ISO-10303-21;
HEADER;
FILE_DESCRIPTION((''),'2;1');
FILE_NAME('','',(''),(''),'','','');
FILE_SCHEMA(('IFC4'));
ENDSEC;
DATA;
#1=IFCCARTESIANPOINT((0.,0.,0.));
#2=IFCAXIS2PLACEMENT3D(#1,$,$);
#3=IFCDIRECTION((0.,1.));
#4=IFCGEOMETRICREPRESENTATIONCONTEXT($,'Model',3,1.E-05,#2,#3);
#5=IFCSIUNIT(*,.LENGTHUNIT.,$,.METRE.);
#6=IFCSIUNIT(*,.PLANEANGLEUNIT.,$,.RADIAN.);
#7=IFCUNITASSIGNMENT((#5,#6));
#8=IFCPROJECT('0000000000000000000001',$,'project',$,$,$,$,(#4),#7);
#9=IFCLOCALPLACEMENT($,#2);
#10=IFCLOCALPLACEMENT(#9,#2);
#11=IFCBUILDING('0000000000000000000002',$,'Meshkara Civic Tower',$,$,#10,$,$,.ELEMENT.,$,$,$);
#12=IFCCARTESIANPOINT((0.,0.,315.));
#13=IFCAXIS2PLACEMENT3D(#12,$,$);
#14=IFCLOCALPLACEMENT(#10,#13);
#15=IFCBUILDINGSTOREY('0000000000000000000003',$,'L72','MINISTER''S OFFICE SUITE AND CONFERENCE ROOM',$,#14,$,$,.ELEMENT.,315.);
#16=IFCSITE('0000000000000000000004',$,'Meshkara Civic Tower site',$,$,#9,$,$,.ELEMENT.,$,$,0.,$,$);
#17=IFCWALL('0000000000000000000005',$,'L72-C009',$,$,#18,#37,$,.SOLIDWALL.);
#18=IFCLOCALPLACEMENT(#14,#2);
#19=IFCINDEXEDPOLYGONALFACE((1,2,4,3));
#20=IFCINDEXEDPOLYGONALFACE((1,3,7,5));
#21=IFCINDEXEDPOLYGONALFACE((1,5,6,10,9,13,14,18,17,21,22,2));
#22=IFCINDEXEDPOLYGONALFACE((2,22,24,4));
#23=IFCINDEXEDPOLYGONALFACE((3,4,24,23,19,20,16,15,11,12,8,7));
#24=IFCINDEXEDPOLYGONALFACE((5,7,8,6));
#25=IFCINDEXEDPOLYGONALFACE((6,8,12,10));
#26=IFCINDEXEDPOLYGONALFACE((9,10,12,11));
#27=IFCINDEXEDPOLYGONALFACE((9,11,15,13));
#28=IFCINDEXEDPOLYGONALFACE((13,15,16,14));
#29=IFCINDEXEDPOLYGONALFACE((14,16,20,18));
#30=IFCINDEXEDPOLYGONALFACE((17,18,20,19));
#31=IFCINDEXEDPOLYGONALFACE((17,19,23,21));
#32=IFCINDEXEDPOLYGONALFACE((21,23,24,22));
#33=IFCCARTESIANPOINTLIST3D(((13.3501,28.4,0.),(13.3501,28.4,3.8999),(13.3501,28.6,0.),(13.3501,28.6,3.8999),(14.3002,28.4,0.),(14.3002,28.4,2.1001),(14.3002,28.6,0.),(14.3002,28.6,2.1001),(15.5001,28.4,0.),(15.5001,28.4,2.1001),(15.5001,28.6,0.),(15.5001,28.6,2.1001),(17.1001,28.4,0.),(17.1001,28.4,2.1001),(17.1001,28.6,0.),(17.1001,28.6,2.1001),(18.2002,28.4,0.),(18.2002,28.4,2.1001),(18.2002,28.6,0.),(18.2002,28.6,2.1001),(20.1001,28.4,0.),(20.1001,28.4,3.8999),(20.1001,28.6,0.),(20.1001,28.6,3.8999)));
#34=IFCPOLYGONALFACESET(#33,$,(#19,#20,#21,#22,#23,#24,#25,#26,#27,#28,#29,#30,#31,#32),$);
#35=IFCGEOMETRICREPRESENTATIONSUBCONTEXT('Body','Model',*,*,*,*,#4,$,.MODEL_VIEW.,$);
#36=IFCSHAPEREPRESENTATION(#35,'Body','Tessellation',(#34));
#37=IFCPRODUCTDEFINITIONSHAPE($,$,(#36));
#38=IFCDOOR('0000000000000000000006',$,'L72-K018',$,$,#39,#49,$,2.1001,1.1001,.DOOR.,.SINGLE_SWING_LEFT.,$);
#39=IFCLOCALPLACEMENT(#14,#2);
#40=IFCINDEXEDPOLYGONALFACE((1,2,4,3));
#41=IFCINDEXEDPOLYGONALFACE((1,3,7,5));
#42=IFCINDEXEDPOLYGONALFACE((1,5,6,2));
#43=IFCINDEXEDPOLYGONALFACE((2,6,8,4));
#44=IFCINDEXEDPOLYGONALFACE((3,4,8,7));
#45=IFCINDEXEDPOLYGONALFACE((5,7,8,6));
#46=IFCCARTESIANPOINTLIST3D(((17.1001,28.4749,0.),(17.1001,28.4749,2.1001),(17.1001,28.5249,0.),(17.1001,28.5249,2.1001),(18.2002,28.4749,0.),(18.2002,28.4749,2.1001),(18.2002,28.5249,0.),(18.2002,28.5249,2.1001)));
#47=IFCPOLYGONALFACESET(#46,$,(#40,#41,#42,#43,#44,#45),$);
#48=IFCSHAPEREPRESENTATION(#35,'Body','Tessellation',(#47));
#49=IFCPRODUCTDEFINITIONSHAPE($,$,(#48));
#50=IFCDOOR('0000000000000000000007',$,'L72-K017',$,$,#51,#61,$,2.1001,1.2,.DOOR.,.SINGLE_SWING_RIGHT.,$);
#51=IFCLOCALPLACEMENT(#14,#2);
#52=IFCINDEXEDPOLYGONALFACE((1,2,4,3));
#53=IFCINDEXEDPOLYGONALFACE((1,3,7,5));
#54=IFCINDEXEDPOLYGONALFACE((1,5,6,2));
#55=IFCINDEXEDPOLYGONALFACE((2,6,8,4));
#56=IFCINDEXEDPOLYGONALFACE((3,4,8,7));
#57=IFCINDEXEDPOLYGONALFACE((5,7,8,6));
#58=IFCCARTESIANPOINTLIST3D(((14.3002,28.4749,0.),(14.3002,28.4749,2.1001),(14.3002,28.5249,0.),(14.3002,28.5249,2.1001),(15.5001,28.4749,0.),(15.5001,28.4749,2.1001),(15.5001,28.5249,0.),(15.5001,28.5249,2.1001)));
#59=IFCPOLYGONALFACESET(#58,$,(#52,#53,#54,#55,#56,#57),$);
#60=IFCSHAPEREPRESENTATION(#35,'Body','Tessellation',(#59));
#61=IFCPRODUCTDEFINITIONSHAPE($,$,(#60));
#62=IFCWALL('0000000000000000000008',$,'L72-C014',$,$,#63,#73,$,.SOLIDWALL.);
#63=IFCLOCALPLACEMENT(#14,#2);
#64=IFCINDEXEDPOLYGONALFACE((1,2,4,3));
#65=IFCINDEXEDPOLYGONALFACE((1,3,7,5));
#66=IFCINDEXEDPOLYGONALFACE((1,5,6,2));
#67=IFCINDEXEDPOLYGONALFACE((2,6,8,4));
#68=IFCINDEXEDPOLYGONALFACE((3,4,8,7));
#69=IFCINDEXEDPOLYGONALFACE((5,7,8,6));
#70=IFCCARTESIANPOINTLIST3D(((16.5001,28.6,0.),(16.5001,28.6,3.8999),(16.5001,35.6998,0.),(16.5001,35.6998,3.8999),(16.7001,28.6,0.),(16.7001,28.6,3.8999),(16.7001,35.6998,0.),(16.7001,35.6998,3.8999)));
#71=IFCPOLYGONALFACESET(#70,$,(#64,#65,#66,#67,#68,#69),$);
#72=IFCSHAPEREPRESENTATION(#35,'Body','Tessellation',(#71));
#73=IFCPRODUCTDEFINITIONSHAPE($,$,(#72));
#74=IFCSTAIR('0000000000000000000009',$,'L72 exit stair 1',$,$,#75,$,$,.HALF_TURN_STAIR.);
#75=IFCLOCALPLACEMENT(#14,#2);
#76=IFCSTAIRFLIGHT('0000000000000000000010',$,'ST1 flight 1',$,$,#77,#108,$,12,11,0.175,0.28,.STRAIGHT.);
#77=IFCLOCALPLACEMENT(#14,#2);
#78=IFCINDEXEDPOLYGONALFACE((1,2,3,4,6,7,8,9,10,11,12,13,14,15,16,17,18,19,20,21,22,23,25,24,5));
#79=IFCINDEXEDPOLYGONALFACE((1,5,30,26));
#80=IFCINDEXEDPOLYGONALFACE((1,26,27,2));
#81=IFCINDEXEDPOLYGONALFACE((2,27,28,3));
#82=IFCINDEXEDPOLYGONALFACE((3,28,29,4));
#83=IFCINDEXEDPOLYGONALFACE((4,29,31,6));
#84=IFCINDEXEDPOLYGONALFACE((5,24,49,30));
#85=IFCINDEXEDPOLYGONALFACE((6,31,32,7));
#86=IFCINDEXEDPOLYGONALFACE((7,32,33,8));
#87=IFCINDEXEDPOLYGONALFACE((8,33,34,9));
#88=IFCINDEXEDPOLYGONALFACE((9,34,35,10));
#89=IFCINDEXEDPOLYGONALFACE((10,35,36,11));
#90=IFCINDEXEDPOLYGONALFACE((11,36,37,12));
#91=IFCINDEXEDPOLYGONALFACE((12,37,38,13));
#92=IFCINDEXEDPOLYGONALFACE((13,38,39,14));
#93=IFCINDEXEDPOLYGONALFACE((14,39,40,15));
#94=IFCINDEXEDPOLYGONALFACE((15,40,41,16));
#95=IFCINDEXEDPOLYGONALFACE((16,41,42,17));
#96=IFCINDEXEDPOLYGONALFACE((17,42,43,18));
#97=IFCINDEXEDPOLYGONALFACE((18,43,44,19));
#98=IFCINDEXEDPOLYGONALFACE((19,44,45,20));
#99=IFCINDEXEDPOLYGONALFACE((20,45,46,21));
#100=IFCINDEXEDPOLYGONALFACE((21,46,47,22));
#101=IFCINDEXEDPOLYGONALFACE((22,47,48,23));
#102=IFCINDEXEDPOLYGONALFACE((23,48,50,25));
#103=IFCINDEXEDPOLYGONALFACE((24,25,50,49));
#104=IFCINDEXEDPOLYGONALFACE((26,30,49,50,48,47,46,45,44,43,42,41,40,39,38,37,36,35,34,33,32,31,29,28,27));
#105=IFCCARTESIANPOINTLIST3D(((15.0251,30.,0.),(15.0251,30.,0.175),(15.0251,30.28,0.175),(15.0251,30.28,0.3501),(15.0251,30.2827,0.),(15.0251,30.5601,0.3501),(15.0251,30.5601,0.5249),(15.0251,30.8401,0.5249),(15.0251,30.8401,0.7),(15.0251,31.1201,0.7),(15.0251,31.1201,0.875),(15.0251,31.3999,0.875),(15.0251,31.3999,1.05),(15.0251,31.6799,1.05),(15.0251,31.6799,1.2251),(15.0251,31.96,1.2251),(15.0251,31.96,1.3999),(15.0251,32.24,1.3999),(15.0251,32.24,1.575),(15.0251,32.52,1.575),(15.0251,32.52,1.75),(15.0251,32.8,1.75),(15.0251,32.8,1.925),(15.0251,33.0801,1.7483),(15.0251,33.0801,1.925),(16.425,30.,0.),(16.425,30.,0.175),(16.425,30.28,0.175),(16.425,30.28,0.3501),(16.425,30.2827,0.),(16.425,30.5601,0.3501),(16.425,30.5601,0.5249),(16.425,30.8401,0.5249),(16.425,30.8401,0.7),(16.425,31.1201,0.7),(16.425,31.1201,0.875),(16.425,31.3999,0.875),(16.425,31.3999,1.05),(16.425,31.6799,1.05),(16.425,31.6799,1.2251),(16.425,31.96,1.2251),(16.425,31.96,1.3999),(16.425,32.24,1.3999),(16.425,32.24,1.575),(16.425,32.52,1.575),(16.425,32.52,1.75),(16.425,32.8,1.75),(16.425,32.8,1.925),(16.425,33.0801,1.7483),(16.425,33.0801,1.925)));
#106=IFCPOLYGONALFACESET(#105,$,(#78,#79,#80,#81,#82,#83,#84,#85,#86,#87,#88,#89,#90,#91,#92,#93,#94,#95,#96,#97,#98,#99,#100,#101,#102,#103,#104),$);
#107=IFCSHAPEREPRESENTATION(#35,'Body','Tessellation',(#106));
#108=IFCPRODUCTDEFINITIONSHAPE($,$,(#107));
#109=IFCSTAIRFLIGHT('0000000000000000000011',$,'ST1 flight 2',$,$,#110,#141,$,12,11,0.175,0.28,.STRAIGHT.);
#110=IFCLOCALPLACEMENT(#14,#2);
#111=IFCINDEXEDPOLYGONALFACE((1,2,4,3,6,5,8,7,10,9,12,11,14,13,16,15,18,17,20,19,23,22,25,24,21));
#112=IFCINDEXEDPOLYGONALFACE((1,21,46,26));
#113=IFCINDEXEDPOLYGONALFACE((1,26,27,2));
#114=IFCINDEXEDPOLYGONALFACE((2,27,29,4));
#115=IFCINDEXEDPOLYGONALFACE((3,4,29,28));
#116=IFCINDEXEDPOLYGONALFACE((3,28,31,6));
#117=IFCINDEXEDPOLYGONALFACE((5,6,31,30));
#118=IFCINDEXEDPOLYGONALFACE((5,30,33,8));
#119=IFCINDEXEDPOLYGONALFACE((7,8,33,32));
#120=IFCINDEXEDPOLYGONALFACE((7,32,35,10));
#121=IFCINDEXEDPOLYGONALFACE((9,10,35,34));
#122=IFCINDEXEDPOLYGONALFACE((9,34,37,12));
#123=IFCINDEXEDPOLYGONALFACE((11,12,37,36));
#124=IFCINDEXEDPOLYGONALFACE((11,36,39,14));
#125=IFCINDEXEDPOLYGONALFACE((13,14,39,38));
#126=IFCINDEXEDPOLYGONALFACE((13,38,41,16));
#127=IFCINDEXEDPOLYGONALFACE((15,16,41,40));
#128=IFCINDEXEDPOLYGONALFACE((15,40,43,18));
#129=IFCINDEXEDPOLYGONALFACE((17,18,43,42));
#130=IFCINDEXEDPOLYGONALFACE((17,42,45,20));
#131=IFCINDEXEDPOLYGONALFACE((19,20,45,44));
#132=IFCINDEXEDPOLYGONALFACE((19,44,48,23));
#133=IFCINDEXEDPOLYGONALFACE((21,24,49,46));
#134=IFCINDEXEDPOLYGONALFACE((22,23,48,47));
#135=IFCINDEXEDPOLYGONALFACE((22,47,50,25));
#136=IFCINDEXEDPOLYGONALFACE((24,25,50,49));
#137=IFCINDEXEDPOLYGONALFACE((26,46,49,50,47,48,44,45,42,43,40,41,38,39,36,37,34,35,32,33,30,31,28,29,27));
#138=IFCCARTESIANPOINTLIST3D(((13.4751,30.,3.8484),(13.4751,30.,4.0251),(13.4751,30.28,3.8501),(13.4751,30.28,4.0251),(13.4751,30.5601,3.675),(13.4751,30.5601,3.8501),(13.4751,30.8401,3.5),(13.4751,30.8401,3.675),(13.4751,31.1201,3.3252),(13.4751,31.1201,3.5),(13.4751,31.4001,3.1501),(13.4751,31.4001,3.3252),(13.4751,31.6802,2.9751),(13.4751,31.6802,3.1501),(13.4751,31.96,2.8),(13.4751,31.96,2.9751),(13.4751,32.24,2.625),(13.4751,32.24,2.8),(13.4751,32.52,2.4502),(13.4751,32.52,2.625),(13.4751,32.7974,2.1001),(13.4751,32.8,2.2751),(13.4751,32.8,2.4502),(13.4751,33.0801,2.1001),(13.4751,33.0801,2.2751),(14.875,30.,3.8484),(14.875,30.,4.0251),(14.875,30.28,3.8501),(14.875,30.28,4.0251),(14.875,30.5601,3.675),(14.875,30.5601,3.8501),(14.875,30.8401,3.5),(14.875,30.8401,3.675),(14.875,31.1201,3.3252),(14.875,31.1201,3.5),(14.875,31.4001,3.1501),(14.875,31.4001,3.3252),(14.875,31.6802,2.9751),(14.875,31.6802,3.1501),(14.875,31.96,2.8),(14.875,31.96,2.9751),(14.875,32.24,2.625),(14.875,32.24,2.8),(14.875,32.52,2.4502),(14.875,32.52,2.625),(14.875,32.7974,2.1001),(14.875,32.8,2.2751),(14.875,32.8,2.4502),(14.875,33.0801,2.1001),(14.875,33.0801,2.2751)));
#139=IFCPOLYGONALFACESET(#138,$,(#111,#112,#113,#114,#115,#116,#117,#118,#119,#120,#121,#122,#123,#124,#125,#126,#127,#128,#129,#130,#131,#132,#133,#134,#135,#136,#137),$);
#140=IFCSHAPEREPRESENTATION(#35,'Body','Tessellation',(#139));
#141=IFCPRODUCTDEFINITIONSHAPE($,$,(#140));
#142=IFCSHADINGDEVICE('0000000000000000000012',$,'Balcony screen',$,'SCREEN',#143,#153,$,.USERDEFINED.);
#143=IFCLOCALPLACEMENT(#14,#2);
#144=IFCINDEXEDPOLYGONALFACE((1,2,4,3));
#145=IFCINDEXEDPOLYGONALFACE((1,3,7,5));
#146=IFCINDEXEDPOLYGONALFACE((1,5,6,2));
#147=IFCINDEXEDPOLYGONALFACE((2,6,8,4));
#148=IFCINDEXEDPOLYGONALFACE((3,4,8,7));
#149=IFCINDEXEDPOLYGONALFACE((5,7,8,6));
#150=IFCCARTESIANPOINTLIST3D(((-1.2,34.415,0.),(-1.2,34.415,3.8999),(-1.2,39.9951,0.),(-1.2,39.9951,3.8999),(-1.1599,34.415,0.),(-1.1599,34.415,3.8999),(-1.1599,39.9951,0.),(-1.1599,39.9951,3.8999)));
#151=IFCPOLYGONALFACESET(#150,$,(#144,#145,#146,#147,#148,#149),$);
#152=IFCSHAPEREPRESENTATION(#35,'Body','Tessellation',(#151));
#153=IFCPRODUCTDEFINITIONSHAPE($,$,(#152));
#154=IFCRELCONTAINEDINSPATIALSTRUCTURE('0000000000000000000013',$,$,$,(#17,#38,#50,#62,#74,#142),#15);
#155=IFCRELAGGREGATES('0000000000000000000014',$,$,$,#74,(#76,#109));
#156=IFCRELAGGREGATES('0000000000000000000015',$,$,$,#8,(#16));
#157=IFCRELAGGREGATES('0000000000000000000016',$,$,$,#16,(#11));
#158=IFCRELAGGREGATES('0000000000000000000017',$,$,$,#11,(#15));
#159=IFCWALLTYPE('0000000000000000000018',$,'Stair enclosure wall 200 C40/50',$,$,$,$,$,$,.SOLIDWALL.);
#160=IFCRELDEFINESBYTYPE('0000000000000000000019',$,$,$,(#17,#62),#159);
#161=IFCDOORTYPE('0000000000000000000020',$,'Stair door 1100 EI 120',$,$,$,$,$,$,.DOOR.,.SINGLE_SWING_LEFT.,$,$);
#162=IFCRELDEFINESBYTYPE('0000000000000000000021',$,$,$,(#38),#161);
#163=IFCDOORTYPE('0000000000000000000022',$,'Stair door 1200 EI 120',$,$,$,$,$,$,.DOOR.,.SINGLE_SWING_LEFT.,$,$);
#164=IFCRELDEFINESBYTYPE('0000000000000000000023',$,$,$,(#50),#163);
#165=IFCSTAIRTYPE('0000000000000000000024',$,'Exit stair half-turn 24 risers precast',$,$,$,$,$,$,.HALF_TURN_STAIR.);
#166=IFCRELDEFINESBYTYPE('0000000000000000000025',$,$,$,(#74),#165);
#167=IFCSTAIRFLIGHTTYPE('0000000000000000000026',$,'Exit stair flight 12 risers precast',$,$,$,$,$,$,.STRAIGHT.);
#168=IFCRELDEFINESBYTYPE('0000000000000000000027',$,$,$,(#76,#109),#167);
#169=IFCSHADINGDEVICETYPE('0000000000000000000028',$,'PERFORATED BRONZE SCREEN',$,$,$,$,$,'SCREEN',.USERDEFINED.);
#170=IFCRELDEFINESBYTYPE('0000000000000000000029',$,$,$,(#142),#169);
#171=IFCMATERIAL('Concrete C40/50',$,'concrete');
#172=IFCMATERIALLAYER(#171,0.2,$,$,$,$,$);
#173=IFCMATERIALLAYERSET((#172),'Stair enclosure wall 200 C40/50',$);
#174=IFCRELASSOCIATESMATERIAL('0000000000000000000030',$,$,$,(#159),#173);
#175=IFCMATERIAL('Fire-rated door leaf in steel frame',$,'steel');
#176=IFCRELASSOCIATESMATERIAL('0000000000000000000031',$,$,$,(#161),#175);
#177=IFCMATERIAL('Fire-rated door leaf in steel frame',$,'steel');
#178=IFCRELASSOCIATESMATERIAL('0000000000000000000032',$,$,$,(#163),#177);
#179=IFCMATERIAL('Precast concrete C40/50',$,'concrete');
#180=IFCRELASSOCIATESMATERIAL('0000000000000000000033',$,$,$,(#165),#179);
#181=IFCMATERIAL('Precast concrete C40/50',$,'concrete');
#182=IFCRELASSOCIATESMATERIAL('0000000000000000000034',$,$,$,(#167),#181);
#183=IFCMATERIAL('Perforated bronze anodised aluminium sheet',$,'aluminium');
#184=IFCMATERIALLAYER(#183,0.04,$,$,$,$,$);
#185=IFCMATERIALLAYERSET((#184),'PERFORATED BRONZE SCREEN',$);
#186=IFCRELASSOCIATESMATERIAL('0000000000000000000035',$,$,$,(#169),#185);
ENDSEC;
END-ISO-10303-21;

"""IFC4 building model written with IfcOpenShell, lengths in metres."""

from ifc_helpers import new_model, si_unit, direction, frame, frame_2d, origin, origin_2d, place, context, subcontext, project, spatial, polyline, rectangle, outline, extrude, material, layer, layer_set, type_object, element, fill, aggregate, save


model = new_model("IFC4")

# Units and contexts
model_context = context("Model", 3, precision=1e-05, world=origin(), true_north=direction((0.0, 1.0)))
body_context = subcontext(model_context, "Body", "Model", "MODEL_VIEW")
ifc_project = project(units=[si_unit("LENGTHUNIT", "METRE"), si_unit("PLANEANGLEUNIT", "RADIAN")], contexts=[model_context])

# Site, building, storey
site_placement = place(None, origin())
site = spatial("IfcSite", under=ifc_project, at=site_placement, Name="Meshkara Civic Tower site", CompositionType="ELEMENT", RefElevation=0.0)
building_placement = place(site_placement, origin())
building = spatial("IfcBuilding", under=site, at=building_placement, Name="Meshkara Civic Tower", CompositionType="ELEMENT")
storey_placement = place(building_placement, frame((0.0, 0.0, 315.0)))
storey = spatial("IfcBuildingStorey", under=building, at=storey_placement, Name="L72", Description="MINISTER'S OFFICE SUITE AND CONFERENCE ROOM", CompositionType="ELEMENT", Elevation=315.0)

# Wall, openings, doors
ifc_material_1 = material(Name="Concrete C40/50", Category="concrete")
ifc_layer_1 = layer(ifc_material_1, 0.2)
ifc_layer_set_1 = layer_set([ifc_layer_1], Name="Stair enclosure wall 200 C40/50")
wall_type_1 = type_object("IfcWallType", Name="Stair enclosure wall 200 C40/50", PredefinedType="SOLIDWALL", material=ifc_layer_set_1)
wall_1_placement = place(storey_placement, frame((13.3501, 28.5, 0.0), z_axis=(0.0, 0.0, 1.0), x_axis=(1.0, 0.0, 0.0)))
wall_1 = element("IfcWall", 1, at=wall_1_placement, inside=storey, type_object=wall_type_1, Name="L72-C009", PredefinedType="SOLIDWALL", context=body_context, shape_type="SweptSolid", body=[
    extrude(rectangle(XDim=6.75, YDim=0.2, at=frame_2d((3.375, 0.0))), origin(), (0.0, 0.0, 1.0), 3.8999),
])
opening_1_placement = place(wall_1_placement, frame((0.95, 0.0, 0.0)))
opening_1 = element("IfcOpeningElement", 2, at=opening_1_placement, cuts=wall_1, PredefinedType="OPENING", context=body_context, shape_type="SweptSolid", body=[
    extrude(rectangle(XDim=1.2, YDim=2.1001, at=frame_2d((0.6001, 1.05))), frame((0.0, 0.1099, 0.0), z_axis=(0.0, -1.0, 0.0), x_axis=(1.0, 0.0, 0.0)), (0.0, 0.0, 1.0), 0.22),
])
opening_2_placement = place(wall_1_placement, frame((3.75, 0.0, 0.0)))
opening_2 = element("IfcOpeningElement", 3, at=opening_2_placement, cuts=wall_1, PredefinedType="OPENING", context=body_context, shape_type="SweptSolid", body=[
    extrude(rectangle(XDim=1.1001, YDim=2.1001, at=frame_2d((0.55, 1.05))), frame((0.0, 0.1099, 0.0), z_axis=(0.0, -1.0, 0.0), x_axis=(1.0, 0.0, 0.0)), (0.0, 0.0, 1.0), 0.22),
])
ifc_material_2 = material(Name="Fire-rated door leaf in steel frame", Category="steel")
door_type_1 = type_object("IfcDoorType", Name="Stair door 1100 EI 120", OperationType="SINGLE_SWING_LEFT", PredefinedType="DOOR", material=ifc_material_2)
door_1_placement = place(opening_2_placement, origin())
door_1 = element("IfcDoor", 4, at=door_1_placement, inside=storey, type_object=door_type_1, Name="L72-K018", OperationType="SINGLE_SWING_LEFT", OverallHeight=2.1001, OverallWidth=1.1001, PredefinedType="DOOR", context=body_context, shape_type="SweptSolid", body=[
    extrude(rectangle(XDim=1.1001, YDim=2.1001, at=frame_2d((0.55, 1.05))), frame((0.0, 0.0249, 0.0), z_axis=(0.0, -1.0, 0.0), x_axis=(1.0, 0.0, 0.0)), (0.0, 0.0, 1.0), 0.05),
])
fill(opening_2, door_1)
ifc_material_3 = material(Name="Fire-rated door leaf in steel frame", Category="steel")
door_type_2 = type_object("IfcDoorType", Name="Stair door 1200 EI 120", OperationType="SINGLE_SWING_LEFT", PredefinedType="DOOR", material=ifc_material_3)
door_2_placement = place(opening_1_placement, origin())
door_2 = element("IfcDoor", 5, at=door_2_placement, inside=storey, type_object=door_type_2, Name="L72-K017", OperationType="SINGLE_SWING_RIGHT", OverallHeight=2.1001, OverallWidth=1.2, PredefinedType="DOOR", context=body_context, shape_type="SweptSolid", body=[
    extrude(rectangle(XDim=1.2, YDim=2.1001, at=frame_2d((0.6001, 1.05))), frame((0.0, 0.0249, 0.0), z_axis=(0.0, -1.0, 0.0), x_axis=(1.0, 0.0, 0.0)), (0.0, 0.0, 1.0), 0.05),
])
fill(opening_1, door_2)

# Wall
wall_2_placement = place(storey_placement, frame((16.6001, 28.6001, 0.0), z_axis=(0.0, 0.0, 1.0), x_axis=(0.0, 1.0, 0.0)))
element("IfcWall", 6, at=wall_2_placement, inside=storey, type_object=wall_type_1, Name="L72-C014", PredefinedType="SOLIDWALL", context=body_context, shape_type="SweptSolid", body=[
    extrude(rectangle(XDim=7.0999, YDim=0.2, at=frame_2d((3.5498, 0.0))), origin(), (0.0, 0.0, 1.0), 3.8999),
])

# Stair, stair flights
ifc_material_4 = material(Name="Precast concrete C40/50", Category="concrete")
stair_type = type_object("IfcStairType", Name="Exit stair half-turn 24 risers precast", PredefinedType="HALF_TURN_STAIR", material=ifc_material_4)
stair_placement = place(storey_placement, origin())
stair = element("IfcStair", 7, at=stair_placement, inside=storey, type_object=stair_type, Name="L72 exit stair 1", PredefinedType="HALF_TURN_STAIR")
ifc_material_5 = material(Name="Precast concrete C40/50", Category="concrete")
stair_flight_type = type_object("IfcStairFlightType", Name="Exit stair flight 12 risers precast", PredefinedType="STRAIGHT", material=ifc_material_5)
stair_flight_1_placement = place(storey_placement, frame((15.7251, 30.0, 0.0), z_axis=(0.0, 0.0, 1.0), x_axis=(0.0, 1.0, 0.0)))
stair_flight_1 = element("IfcStairFlight", 8, at=stair_flight_1_placement, type_object=stair_flight_type, Name="ST1 flight 1", NumberOfRisers=12, NumberOfTreads=11, PredefinedType="STRAIGHT", RiserHeight=0.175, TreadLength=0.28, context=body_context, shape_type="SweptSolid", body=[
    extrude(outline(polyline([(0.0, 0.0), (0.0, 0.175), (0.28, 0.175), (0.28, 0.3501), (0.5601, 0.3501), (0.5601, 0.5249), (0.8401, 0.5249), (0.8401, 0.7), (1.1201, 0.7), (1.1201, 0.875), (1.3999, 0.875), (1.3999, 1.05), (1.6799, 1.05), (1.6799, 1.2251), (1.96, 1.2251), (1.96, 1.3999), (2.24, 1.3999), (2.24, 1.575), (2.52, 1.575), (2.52, 1.75), (2.8, 1.75), (2.8, 1.925), (3.0801, 1.925), (3.0801, 2.1001), (3.0801, 1.7483), (0.2827, 0.0), (0.0, 0.0)])), frame((0.0, 0.7, 0.0), z_axis=(0.0, -1.0, 0.0), x_axis=(1.0, 0.0, 0.0)), (0.0, 0.0, 1.0), 1.3999),
])
stair_flight_2_placement = place(storey_placement, frame((14.175, 33.0801, 2.1001), z_axis=(0.0, 0.0, 1.0), x_axis=(0.0, -1.0, 0.0)))
stair_flight_2 = element("IfcStairFlight", 9, at=stair_flight_2_placement, type_object=stair_flight_type, Name="ST1 flight 2", NumberOfRisers=12, NumberOfTreads=11, PredefinedType="STRAIGHT", RiserHeight=0.175, TreadLength=0.28, context=body_context, shape_type="SweptSolid", body=[
    extrude(outline(polyline([(0.0, 0.0), (0.0, 0.175), (0.28, 0.175), (0.28, 0.3501), (0.5601, 0.3501), (0.5601, 0.5249), (0.8401, 0.5249), (0.8401, 0.7), (1.1201, 0.7), (1.1201, 0.875), (1.3999, 0.875), (1.3999, 1.05), (1.6799, 1.05), (1.6799, 1.2251), (1.96, 1.2251), (1.96, 1.3999), (2.24, 1.3999), (2.24, 1.575), (2.52, 1.575), (2.52, 1.75), (2.8, 1.75), (2.8, 1.925), (3.0801, 1.925), (3.0801, 2.1001), (3.0801, 1.7483), (0.2827, 0.0), (0.0, 0.0)])), frame((0.0, 0.7, 0.0), z_axis=(0.0, -1.0, 0.0), x_axis=(1.0, 0.0, 0.0)), (0.0, 0.0, 1.0), 1.3999),
])
aggregate(stair, [stair_flight_1, stair_flight_2])

# Shading device
ifc_material_6 = material(Name="Perforated bronze anodised aluminium sheet", Category="aluminium")
ifc_layer_2 = layer(ifc_material_6, 0.04)
ifc_layer_set_2 = layer_set([ifc_layer_2], Name="PERFORATED BRONZE SCREEN")
shading_device_type = type_object("IfcShadingDeviceType", Name="PERFORATED BRONZE SCREEN", ElementType="SCREEN", PredefinedType="USERDEFINED", material=ifc_layer_set_2)
shading_device_placement = place(storey_placement, frame((-1.1799, 37.2051, 0.0), z_axis=(0.0, 0.0, 1.0), x_axis=(0.0, -1.0, 0.0)))
element("IfcShadingDevice", 10, at=shading_device_placement, inside=storey, type_object=shading_device_type, Name="Balcony screen", ObjectType="SCREEN", PredefinedType="USERDEFINED", context=body_context, shape_type="SweptSolid", body=[
    extrude(rectangle(XDim=5.5801, YDim=0.04, at=origin_2d()), origin(), (0.0, 0.0, 1.0), 3.8999),
])

save(model, "model.ifc")
